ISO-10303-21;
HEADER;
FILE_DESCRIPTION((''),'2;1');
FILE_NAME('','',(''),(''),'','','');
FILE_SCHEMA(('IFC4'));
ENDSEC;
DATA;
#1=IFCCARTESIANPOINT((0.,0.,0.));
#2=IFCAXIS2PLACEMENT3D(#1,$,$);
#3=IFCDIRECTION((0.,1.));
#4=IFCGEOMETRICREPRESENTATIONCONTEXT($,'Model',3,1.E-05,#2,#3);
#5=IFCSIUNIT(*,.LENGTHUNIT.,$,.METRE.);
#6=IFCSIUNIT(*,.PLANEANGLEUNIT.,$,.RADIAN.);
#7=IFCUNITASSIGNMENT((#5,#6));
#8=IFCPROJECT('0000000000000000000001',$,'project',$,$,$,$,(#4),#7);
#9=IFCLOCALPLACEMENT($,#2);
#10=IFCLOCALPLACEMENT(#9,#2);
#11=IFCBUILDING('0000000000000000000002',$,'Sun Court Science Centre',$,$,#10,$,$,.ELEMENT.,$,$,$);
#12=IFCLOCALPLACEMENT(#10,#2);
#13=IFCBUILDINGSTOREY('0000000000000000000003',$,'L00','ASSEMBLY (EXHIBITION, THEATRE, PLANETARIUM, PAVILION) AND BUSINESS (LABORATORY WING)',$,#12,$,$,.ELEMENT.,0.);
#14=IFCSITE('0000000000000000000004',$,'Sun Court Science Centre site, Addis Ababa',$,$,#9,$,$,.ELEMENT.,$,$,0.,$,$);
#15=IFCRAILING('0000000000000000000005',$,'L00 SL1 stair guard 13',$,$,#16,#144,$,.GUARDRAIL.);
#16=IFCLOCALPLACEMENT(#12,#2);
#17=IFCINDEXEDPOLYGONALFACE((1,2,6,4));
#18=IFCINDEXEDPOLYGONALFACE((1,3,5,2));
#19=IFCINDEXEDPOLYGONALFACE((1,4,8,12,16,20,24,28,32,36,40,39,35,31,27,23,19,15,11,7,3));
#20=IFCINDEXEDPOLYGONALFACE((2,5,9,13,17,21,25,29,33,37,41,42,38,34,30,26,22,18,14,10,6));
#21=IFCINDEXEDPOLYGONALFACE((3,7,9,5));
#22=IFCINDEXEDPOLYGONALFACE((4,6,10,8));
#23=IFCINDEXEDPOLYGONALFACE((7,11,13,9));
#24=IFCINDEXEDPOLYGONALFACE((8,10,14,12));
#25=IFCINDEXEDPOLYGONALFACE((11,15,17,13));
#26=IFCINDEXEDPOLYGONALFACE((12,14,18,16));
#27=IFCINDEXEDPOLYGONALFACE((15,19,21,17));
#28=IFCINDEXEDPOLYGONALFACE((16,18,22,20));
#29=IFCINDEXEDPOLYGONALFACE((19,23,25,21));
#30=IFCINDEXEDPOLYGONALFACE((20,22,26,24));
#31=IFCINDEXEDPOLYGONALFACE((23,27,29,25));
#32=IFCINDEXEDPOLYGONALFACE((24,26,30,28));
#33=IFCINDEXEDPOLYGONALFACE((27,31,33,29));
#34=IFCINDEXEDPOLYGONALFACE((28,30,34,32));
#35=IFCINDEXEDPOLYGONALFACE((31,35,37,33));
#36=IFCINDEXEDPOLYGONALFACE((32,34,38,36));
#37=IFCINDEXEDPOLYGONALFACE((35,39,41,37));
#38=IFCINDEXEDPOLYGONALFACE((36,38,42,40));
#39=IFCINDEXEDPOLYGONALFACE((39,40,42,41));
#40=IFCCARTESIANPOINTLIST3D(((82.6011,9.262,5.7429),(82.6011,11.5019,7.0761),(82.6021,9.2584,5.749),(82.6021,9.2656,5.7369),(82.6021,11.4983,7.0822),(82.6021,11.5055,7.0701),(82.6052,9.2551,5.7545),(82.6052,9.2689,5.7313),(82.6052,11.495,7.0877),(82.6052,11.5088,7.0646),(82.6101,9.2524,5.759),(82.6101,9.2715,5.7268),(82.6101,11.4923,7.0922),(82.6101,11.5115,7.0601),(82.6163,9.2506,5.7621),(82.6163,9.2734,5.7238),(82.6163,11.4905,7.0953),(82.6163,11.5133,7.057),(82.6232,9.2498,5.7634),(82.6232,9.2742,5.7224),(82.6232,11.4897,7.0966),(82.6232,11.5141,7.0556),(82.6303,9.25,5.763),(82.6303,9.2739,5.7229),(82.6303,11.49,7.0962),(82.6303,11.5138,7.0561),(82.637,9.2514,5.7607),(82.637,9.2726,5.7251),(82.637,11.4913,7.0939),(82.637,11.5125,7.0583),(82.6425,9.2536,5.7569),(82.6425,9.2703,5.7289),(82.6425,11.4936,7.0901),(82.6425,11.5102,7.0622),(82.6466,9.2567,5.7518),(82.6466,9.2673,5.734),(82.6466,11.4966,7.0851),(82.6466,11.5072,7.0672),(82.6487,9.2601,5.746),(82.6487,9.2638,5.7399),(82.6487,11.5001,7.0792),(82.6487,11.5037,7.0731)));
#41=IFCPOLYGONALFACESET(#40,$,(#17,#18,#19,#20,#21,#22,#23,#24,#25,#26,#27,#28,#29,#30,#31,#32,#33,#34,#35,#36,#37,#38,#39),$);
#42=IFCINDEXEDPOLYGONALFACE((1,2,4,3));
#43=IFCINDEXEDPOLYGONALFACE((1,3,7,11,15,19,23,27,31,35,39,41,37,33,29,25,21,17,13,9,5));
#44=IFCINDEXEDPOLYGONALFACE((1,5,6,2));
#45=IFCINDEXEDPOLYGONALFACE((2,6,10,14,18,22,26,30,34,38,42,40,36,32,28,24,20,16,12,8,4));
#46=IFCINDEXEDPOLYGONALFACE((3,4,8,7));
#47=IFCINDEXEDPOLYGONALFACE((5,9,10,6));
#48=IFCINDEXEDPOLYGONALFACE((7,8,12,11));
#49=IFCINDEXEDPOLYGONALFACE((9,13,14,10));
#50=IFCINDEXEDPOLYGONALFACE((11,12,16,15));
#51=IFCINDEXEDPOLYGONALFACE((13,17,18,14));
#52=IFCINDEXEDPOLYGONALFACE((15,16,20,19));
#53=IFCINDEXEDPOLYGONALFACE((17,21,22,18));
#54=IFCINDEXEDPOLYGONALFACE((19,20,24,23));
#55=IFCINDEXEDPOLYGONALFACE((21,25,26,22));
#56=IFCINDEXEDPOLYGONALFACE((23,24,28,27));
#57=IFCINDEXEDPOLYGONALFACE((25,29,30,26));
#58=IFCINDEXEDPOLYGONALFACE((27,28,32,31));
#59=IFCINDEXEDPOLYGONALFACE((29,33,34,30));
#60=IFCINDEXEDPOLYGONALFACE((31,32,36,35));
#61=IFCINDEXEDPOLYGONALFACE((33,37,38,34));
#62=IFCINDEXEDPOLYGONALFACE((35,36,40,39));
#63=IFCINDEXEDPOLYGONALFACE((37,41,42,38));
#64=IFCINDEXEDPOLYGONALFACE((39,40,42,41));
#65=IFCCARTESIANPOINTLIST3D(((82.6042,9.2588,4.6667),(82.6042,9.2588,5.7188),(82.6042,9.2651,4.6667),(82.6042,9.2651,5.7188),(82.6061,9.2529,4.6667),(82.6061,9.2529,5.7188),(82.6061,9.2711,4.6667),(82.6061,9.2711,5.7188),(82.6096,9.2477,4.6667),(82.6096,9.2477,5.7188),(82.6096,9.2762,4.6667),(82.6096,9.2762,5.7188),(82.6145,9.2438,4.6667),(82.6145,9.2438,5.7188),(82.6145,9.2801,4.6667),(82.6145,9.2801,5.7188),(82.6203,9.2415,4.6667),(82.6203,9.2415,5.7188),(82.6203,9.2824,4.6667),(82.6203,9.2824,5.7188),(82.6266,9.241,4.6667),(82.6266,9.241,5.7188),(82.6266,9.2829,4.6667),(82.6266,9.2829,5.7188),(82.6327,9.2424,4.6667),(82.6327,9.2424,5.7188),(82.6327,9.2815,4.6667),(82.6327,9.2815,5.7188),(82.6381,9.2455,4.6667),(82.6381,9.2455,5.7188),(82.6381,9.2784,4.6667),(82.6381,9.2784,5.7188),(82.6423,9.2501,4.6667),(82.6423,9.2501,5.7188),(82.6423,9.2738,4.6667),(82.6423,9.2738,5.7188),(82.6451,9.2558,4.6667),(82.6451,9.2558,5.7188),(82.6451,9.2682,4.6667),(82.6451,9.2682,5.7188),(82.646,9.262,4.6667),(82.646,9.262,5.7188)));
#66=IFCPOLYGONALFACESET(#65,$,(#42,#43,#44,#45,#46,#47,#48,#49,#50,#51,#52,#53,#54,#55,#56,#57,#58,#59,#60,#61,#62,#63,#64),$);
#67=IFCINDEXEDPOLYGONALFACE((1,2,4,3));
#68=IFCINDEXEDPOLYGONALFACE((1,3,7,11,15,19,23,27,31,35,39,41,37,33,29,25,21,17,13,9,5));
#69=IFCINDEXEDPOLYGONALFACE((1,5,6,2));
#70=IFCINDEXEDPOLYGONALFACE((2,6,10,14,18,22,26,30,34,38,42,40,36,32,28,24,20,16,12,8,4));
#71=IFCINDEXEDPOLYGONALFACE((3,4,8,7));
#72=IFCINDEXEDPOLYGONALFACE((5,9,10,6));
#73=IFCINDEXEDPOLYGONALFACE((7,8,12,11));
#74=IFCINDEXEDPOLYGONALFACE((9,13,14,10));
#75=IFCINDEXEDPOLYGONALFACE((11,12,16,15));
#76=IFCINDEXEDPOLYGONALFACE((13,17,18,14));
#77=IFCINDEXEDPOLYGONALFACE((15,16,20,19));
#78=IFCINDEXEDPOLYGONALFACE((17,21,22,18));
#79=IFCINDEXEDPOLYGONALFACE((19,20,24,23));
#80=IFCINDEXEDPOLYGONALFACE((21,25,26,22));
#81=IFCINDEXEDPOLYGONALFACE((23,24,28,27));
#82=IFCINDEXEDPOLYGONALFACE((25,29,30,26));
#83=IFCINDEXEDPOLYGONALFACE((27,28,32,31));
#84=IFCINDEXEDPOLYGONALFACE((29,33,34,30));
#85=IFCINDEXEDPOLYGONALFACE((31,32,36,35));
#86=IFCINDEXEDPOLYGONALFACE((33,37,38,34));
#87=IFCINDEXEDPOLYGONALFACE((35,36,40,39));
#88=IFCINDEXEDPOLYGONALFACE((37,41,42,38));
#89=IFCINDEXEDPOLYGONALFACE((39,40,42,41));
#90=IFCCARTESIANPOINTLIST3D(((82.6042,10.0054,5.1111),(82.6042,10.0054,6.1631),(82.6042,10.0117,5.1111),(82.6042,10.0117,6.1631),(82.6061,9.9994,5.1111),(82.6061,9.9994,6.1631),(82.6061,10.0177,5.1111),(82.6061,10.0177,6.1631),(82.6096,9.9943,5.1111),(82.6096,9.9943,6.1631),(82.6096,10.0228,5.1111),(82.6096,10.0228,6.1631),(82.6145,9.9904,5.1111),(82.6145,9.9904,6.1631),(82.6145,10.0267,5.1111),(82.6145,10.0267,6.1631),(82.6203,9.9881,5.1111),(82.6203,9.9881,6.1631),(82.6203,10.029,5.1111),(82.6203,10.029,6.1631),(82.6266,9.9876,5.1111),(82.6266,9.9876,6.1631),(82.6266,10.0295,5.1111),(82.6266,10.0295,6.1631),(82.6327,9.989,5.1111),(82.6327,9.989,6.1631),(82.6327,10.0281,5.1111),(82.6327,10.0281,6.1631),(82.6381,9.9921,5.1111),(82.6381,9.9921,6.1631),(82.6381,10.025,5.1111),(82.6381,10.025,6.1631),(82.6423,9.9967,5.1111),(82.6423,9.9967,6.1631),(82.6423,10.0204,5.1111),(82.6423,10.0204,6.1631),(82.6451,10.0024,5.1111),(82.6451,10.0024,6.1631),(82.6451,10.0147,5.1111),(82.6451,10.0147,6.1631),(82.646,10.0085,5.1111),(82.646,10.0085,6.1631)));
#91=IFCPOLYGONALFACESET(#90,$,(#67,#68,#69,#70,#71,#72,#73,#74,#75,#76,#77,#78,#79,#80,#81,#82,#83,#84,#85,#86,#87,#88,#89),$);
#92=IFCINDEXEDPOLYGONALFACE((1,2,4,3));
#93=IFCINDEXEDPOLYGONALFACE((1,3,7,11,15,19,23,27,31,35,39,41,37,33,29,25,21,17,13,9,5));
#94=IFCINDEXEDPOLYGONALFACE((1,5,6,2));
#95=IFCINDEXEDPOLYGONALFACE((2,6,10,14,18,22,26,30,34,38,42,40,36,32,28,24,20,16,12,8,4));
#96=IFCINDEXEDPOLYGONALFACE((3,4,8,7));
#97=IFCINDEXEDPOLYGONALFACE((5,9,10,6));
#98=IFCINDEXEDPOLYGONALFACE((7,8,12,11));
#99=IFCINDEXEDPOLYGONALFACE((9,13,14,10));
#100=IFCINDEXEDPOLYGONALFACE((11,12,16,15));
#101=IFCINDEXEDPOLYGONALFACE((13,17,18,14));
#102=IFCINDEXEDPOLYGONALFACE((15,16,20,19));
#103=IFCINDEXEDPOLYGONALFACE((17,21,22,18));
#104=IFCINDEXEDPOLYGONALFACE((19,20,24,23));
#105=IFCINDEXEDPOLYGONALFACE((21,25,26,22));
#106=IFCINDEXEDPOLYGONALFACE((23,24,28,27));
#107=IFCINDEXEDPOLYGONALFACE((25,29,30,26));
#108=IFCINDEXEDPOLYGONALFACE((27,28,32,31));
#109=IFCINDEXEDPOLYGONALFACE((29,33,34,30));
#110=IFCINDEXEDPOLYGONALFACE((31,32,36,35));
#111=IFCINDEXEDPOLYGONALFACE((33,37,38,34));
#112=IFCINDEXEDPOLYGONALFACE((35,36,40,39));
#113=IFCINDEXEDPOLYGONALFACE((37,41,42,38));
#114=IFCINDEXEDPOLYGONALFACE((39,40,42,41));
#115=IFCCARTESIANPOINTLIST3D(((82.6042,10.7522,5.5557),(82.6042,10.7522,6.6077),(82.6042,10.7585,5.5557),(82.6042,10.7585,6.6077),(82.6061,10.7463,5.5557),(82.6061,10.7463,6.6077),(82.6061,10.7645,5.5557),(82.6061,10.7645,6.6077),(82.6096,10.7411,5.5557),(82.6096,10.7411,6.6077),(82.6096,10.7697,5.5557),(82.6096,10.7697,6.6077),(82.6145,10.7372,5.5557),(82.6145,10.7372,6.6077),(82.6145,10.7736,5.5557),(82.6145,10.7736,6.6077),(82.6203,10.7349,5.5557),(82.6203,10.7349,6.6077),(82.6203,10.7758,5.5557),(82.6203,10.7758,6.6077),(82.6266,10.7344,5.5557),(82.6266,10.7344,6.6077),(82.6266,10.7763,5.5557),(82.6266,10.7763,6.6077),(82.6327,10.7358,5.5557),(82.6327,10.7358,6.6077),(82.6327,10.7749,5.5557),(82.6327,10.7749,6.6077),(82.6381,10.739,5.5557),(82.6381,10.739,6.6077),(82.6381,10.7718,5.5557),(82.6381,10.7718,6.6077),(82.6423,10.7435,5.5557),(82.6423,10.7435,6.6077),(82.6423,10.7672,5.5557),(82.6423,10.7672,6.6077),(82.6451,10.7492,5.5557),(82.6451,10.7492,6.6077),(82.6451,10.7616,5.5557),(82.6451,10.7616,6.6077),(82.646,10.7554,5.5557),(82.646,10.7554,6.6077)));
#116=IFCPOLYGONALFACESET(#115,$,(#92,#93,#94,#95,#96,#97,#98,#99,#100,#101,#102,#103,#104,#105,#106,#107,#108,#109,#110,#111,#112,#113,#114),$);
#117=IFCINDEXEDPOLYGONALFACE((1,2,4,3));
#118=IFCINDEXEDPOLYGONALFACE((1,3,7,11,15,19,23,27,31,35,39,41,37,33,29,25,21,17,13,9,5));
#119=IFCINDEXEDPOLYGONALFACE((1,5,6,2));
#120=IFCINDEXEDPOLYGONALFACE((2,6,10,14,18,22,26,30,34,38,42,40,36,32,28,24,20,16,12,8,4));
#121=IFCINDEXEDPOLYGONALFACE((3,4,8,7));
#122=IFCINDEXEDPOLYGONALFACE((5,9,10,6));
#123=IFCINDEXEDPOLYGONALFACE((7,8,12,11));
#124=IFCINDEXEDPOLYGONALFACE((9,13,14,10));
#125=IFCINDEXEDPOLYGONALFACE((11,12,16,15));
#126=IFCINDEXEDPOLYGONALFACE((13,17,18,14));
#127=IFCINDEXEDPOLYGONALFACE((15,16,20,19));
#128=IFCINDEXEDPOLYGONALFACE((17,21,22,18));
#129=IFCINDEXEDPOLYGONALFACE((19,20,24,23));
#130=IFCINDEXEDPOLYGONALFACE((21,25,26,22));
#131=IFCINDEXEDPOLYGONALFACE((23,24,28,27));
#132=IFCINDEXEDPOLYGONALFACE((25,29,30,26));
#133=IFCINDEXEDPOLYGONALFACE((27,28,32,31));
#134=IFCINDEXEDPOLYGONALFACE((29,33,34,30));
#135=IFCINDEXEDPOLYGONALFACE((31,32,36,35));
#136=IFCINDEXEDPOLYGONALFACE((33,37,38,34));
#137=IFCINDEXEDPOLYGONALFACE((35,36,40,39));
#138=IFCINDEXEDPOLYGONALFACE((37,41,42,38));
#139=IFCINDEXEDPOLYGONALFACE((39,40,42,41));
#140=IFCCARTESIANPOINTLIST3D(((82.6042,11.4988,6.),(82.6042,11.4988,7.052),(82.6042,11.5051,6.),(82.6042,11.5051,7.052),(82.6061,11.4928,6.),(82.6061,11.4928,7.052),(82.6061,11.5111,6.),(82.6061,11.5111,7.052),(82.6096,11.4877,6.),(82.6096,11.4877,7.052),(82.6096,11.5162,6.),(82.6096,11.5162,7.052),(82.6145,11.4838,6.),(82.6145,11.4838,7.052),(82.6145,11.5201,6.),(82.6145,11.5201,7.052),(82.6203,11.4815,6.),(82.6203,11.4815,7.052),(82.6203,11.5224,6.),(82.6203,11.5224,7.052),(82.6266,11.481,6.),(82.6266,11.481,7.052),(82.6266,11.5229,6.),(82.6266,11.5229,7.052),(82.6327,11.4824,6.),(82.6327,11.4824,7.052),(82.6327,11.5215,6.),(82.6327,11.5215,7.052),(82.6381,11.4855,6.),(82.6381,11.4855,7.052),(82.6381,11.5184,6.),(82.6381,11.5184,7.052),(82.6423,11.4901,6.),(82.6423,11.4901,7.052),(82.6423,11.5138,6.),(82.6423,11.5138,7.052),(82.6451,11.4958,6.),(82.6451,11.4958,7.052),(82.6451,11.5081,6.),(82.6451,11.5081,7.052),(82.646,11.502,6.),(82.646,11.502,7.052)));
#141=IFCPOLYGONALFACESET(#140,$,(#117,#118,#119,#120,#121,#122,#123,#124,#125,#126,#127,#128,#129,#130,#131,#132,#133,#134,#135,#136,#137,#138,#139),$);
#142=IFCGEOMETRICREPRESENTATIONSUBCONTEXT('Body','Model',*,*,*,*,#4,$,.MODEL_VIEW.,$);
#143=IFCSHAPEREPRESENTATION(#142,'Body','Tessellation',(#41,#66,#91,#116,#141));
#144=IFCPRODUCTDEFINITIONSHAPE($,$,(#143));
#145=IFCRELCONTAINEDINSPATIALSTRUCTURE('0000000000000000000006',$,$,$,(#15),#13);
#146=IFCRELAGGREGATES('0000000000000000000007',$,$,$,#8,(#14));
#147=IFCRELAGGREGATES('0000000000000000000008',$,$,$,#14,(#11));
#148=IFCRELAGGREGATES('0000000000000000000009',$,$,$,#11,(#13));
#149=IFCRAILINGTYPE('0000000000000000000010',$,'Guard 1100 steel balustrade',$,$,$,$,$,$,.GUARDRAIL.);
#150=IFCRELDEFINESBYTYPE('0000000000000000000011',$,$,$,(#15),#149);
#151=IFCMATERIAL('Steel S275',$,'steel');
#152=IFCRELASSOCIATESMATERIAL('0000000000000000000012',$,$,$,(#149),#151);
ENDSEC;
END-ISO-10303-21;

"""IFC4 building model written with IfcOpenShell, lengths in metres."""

from ifc_helpers import new_model, si_unit, direction, frame, origin, origin_2d, place, context, subcontext, project, spatial, circle, extrude, material, type_object, element, save


model = new_model("IFC4")

# Units and contexts
model_context = context("Model", 3, precision=1e-05, world=origin(), true_north=direction((0.0, 1.0)))
body_context = subcontext(model_context, "Body", "Model", "MODEL_VIEW")
ifc_project = project(units=[si_unit("LENGTHUNIT", "METRE"), si_unit("PLANEANGLEUNIT", "RADIAN")], contexts=[model_context])

# Site, building, storey
site_placement = place(None, origin())
site = spatial("IfcSite", under=ifc_project, at=site_placement, Name="Sun Court Science Centre site, Addis Ababa", CompositionType="ELEMENT", RefElevation=0.0)
building_placement = place(site_placement, origin())
building = spatial("IfcBuilding", under=site, at=building_placement, Name="Sun Court Science Centre", CompositionType="ELEMENT")
storey_placement = place(building_placement, origin())
storey = spatial("IfcBuildingStorey", under=building, at=storey_placement, Name="L00", Description="ASSEMBLY (EXHIBITION, THEATRE, PLANETARIUM, PAVILION) AND BUSINESS (LABORATORY WING)", CompositionType="ELEMENT", Elevation=0.0)

# Railing
ifc_material_1 = material(Name="Steel S275", Category="steel")
railing_type_1 = type_object("IfcRailingType", Name="Guard 1100 steel balustrade", PredefinedType="GUARDRAIL", material=ifc_material_1)
railing_1_placement = place(storey_placement, frame((82.625, 9.262, 4.6667)))
element("IfcRailing", 1, at=railing_1_placement, inside=storey, type_object=railing_type_1, Name="L00 SL1 stair guard 13", PredefinedType="GUARDRAIL", context=body_context, shape_type="SweptSolid", body=[
    extrude(circle(Radius=0.0239, at=origin_2d()), frame((0.0, 0.0, 1.0762), z_axis=(0.0, 0.859306, 0.511462), x_axis=(-1.0, 0.0, 0.0)), (0.0, 0.0, 1.0), 2.6067),
    extrude(circle(Radius=0.021, at=origin_2d()), origin(), (0.0, 0.0, 1.0), 1.052),
    extrude(circle(Radius=0.021, at=origin_2d()), frame((0.0, 0.7466, 0.4443)), (0.0, 0.0, 1.0), 1.052),
    extrude(circle(Radius=0.021, at=origin_2d()), frame((0.0, 1.4934, 0.8889)), (0.0, 0.0, 1.0), 1.052),
    extrude(circle(Radius=0.021, at=origin_2d()), frame((0.0, 2.24, 1.3333)), (0.0, 0.0, 1.0), 1.052),
])

save(model, "model.ifc")
